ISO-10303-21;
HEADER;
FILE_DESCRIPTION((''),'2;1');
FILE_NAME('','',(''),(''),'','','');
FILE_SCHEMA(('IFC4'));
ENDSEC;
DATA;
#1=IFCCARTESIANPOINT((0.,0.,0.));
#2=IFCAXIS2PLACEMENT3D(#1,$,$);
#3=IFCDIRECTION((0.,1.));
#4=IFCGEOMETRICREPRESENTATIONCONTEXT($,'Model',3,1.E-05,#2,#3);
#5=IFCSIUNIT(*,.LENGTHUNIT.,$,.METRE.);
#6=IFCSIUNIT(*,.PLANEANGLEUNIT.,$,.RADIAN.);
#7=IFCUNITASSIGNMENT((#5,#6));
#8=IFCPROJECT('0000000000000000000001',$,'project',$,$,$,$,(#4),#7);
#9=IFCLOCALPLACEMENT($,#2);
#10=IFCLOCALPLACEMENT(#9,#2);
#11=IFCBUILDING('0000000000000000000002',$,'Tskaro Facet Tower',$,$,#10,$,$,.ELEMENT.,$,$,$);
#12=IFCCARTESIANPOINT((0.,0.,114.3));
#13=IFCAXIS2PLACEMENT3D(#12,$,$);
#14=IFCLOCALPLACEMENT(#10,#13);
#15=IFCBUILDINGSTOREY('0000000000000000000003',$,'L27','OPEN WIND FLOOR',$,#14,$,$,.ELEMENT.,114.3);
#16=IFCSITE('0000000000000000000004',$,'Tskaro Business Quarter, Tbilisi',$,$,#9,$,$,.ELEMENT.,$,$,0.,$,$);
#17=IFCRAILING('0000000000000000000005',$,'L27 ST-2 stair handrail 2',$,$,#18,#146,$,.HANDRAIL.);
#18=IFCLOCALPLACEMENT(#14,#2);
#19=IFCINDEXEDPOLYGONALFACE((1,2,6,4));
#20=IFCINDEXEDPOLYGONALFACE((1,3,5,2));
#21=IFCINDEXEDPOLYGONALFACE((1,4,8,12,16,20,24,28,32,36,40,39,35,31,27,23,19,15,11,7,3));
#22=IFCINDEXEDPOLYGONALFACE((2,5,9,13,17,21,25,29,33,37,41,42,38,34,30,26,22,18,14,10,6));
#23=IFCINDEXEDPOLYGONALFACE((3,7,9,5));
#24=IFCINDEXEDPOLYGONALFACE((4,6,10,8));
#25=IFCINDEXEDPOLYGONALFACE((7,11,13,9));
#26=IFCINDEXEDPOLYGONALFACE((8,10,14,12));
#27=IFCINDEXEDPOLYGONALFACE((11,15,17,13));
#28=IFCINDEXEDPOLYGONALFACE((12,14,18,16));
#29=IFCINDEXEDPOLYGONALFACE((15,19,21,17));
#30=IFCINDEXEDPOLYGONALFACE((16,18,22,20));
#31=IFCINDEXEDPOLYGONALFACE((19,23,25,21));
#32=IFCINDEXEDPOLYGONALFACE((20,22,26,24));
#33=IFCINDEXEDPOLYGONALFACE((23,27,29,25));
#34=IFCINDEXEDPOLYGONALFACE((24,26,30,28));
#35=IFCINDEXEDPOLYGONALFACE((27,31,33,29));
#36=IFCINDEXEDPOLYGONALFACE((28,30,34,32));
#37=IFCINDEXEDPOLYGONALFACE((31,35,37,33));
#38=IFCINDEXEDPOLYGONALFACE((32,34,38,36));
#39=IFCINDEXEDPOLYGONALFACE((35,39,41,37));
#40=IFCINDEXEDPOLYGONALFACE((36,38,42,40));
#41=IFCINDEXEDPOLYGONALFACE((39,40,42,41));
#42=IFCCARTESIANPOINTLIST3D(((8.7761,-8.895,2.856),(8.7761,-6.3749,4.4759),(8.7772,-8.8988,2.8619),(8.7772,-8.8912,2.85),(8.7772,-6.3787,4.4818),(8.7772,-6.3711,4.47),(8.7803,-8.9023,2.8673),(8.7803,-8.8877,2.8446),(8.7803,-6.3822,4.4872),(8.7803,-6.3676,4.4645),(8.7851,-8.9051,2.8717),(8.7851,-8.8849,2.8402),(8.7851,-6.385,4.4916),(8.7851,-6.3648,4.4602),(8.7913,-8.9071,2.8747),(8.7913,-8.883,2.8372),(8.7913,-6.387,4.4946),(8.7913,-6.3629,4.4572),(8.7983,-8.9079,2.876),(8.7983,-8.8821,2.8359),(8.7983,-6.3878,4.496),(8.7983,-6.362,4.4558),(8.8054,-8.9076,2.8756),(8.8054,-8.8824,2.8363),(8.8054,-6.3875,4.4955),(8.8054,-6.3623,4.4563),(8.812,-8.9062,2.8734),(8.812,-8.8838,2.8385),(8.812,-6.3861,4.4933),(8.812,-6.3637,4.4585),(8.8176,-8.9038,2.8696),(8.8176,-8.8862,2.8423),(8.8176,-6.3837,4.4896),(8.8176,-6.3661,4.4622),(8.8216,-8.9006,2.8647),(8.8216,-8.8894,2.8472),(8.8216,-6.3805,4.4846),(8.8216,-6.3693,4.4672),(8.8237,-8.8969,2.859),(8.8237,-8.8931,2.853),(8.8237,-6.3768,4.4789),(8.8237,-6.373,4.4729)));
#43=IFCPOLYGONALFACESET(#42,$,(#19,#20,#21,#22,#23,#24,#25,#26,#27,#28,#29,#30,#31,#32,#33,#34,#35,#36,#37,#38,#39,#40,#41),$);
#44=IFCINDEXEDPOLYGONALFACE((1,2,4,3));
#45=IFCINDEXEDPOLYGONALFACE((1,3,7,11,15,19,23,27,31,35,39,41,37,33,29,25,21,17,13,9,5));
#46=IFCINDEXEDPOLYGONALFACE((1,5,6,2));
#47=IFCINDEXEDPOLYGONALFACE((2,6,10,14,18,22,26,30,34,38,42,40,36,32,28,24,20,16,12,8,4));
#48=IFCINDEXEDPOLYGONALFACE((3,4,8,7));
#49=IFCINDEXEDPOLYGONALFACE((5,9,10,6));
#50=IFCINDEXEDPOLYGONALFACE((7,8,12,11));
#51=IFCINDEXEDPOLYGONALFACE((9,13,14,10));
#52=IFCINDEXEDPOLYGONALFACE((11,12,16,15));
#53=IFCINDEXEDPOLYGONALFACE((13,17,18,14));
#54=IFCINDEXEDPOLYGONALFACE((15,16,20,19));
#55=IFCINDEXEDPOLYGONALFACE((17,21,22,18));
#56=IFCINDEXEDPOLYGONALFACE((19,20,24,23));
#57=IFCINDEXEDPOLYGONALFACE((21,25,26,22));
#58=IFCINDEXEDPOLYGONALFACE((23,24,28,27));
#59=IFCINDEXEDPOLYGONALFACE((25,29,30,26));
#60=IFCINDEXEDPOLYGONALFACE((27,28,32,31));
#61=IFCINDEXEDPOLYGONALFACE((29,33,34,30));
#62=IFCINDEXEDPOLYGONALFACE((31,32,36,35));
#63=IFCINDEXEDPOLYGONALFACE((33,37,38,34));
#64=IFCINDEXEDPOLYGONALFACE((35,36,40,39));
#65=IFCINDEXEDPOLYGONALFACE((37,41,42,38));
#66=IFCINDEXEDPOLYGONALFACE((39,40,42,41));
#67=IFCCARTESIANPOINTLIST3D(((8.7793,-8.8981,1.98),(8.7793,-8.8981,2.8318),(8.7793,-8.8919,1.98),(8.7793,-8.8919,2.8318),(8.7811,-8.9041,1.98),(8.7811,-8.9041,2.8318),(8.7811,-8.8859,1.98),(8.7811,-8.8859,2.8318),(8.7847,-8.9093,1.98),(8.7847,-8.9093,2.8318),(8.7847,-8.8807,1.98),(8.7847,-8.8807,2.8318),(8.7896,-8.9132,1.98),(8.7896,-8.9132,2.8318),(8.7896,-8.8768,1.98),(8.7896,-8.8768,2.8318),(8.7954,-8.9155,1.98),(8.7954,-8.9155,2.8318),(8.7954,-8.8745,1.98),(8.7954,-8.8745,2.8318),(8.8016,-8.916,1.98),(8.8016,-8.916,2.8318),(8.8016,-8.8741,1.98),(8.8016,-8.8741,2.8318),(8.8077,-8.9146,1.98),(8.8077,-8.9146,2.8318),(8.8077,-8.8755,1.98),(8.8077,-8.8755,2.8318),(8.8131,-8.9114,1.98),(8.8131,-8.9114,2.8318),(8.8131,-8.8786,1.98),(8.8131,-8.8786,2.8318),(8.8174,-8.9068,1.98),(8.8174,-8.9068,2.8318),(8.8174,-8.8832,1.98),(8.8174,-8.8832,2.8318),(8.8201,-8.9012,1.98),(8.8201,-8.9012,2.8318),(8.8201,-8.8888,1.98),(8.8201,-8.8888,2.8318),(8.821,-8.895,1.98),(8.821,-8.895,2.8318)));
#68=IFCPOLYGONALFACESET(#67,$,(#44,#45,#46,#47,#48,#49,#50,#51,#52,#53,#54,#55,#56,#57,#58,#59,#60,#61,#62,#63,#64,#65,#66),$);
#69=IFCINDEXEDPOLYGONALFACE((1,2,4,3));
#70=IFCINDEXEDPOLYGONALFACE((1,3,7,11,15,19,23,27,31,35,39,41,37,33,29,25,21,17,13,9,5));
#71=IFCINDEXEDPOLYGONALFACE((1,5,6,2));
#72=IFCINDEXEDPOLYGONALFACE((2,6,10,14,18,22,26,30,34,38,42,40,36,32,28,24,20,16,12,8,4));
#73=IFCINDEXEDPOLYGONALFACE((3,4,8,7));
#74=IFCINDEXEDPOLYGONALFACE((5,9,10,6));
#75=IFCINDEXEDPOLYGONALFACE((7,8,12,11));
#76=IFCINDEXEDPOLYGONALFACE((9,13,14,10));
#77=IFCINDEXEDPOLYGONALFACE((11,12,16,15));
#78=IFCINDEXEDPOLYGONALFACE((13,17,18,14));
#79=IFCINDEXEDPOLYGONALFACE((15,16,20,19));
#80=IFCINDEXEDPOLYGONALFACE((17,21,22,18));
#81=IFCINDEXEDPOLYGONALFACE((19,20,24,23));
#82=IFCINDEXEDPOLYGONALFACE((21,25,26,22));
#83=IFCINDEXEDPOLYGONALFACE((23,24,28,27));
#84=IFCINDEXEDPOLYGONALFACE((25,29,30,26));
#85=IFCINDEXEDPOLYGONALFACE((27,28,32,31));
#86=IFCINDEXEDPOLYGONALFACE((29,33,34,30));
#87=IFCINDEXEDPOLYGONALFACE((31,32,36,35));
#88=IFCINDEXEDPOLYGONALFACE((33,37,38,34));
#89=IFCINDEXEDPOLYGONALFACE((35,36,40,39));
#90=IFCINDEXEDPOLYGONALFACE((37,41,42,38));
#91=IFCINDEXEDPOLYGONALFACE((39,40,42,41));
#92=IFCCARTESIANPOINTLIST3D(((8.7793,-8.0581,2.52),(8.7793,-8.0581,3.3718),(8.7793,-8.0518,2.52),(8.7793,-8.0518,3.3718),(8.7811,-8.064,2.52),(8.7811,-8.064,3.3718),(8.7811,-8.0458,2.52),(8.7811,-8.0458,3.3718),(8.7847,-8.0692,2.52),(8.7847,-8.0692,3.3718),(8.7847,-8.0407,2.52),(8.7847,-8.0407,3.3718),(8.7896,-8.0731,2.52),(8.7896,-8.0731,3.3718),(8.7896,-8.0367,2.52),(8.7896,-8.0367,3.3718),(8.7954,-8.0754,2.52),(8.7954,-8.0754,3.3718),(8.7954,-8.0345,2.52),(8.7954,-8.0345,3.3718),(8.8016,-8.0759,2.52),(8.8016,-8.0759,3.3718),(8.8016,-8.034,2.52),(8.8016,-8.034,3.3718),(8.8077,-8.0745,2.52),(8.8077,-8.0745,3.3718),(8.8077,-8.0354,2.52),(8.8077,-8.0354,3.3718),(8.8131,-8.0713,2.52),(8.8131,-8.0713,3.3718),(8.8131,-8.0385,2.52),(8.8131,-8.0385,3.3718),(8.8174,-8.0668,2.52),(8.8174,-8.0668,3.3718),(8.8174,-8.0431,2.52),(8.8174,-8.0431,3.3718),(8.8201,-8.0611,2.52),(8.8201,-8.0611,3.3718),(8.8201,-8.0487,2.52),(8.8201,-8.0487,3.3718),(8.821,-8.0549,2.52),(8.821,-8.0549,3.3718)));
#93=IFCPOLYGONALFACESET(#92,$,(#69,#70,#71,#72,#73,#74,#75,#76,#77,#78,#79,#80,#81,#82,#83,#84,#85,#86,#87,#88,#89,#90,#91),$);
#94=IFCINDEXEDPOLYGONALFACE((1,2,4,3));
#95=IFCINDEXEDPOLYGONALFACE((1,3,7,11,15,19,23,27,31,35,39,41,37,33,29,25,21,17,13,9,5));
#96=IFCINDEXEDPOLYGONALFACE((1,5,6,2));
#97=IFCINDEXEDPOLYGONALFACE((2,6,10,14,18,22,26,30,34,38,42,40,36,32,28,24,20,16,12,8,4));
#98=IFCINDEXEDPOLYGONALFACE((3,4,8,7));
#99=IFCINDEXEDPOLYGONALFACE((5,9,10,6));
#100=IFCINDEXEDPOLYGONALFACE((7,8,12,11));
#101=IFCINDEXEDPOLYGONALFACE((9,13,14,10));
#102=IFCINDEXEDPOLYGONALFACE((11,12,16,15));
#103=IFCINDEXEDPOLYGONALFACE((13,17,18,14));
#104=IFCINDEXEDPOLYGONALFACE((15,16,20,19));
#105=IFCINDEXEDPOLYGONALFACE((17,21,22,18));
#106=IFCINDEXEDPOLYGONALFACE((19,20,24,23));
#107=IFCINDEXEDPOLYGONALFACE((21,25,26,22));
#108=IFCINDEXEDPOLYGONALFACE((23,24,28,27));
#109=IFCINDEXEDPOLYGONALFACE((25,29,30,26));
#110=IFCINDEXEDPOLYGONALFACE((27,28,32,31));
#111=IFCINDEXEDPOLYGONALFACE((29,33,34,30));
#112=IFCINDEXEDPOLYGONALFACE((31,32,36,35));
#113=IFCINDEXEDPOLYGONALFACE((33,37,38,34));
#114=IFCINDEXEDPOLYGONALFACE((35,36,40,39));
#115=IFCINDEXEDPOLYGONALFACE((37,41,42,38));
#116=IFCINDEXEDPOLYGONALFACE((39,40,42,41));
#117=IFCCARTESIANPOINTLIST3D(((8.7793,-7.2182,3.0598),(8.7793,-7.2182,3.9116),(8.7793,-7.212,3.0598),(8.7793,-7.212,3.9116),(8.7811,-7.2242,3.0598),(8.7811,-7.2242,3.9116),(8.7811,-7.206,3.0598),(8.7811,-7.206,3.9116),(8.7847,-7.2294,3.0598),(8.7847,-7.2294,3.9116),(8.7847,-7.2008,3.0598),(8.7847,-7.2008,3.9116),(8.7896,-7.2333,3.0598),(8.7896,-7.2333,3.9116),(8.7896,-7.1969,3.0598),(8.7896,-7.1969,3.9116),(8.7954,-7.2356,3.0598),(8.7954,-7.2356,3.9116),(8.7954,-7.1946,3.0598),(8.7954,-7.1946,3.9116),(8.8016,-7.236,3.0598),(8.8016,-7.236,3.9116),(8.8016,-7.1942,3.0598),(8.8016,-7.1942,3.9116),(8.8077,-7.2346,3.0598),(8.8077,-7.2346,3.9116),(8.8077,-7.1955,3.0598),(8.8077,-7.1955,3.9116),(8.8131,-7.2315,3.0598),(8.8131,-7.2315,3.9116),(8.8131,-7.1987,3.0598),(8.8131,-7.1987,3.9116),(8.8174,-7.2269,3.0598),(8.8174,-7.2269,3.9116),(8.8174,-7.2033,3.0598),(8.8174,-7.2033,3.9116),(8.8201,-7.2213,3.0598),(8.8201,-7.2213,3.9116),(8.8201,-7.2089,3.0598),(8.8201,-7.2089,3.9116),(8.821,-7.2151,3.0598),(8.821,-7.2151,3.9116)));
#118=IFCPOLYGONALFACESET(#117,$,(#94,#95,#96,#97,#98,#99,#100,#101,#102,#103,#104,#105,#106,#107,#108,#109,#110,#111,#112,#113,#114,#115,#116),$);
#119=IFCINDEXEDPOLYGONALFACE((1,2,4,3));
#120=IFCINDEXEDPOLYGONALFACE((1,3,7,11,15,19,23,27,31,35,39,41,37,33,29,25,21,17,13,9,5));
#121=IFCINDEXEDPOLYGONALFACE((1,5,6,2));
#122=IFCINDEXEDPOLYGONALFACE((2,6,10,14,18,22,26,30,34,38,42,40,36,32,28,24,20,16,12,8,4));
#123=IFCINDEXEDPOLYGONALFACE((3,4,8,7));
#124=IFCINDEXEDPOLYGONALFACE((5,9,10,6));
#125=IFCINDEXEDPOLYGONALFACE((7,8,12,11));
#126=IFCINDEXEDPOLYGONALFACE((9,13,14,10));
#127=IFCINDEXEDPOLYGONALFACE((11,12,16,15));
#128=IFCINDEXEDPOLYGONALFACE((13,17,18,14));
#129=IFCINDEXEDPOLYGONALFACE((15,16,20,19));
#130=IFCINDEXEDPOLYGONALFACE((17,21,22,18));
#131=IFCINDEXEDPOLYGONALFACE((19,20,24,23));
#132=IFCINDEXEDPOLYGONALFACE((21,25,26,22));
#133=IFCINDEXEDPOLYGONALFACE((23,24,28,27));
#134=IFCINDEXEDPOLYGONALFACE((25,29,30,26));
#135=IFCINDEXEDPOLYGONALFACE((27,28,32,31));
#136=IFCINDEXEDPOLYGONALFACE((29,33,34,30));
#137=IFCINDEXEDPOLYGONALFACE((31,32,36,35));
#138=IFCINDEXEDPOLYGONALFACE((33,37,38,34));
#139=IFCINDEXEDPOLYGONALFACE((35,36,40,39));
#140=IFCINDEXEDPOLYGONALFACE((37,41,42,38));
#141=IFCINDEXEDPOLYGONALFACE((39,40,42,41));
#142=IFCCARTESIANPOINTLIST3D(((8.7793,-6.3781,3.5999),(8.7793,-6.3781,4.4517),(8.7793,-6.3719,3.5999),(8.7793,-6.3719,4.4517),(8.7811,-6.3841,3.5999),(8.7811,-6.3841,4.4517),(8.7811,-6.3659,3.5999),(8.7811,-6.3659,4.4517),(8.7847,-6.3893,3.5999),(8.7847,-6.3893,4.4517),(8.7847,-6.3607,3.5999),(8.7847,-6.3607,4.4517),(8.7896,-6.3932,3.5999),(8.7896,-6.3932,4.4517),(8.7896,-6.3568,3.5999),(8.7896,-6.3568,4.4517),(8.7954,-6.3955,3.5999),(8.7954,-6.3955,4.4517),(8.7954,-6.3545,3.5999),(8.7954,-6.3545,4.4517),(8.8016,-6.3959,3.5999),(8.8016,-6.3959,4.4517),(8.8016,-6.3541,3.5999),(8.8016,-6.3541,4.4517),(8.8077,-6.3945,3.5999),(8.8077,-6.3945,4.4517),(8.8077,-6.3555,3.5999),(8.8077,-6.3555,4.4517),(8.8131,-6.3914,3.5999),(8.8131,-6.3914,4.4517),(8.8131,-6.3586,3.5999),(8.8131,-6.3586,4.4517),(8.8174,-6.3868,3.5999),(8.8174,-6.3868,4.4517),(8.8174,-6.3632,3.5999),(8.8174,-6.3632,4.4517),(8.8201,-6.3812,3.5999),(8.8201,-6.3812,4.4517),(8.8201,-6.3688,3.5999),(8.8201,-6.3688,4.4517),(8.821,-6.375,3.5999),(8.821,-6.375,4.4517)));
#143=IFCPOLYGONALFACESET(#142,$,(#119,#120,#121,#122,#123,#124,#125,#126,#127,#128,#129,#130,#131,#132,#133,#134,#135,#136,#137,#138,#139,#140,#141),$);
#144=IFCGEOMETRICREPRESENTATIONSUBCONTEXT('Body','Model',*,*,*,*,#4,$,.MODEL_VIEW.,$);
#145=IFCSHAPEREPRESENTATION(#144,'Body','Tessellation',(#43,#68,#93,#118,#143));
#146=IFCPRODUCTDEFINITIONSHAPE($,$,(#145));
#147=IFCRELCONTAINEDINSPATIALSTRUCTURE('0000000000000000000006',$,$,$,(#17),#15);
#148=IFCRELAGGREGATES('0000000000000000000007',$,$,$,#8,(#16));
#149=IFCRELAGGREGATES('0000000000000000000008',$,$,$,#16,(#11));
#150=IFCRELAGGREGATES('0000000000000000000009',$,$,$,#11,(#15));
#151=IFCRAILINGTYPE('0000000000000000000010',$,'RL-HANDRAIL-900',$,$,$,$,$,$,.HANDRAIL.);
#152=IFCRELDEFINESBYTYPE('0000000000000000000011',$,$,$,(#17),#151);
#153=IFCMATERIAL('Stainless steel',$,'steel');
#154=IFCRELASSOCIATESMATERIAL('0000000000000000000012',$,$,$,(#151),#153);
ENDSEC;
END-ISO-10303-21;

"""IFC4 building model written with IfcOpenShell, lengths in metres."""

from ifc_helpers import new_model, si_unit, direction, frame, origin, origin_2d, place, context, subcontext, project, spatial, circle, extrude, material, type_object, element, save


model = new_model("IFC4")

# Units and contexts
model_context = context("Model", 3, precision=1e-05, world=origin(), true_north=direction((0.0, 1.0)))
body_context = subcontext(model_context, "Body", "Model", "MODEL_VIEW")
ifc_project = project(units=[si_unit("LENGTHUNIT", "METRE"), si_unit("PLANEANGLEUNIT", "RADIAN")], contexts=[model_context])

# Site, building, storey
site_placement = place(None, origin())
site = spatial("IfcSite", under=ifc_project, at=site_placement, Name="Tskaro Business Quarter, Tbilisi", CompositionType="ELEMENT", RefElevation=0.0)
building_placement = place(site_placement, origin())
building = spatial("IfcBuilding", under=site, at=building_placement, Name="Tskaro Facet Tower", CompositionType="ELEMENT")
storey_placement = place(building_placement, frame((0.0, 0.0, 114.3)))
storey = spatial("IfcBuildingStorey", under=building, at=storey_placement, Name="L27", Description="OPEN WIND FLOOR", CompositionType="ELEMENT", Elevation=114.3)

# Railing
ifc_material_1 = material(Name="Stainless steel", Category="steel")
railing_type_1 = type_object("IfcRailingType", Name="RL-HANDRAIL-900", PredefinedType="HANDRAIL", material=ifc_material_1)
railing_1_placement = place(storey_placement, frame((8.8, -8.895, 1.98)))
element("IfcRailing", 1, at=railing_1_placement, inside=storey, type_object=railing_type_1, Name="L27 ST-2 stair handrail 2", PredefinedType="HANDRAIL", context=body_context, shape_type="SweptSolid", body=[
    extrude(circle(Radius=0.0239, at=origin_2d()), frame((0.0, 0.0, 0.876), z_axis=(0.0, 0.8412, 0.540725), x_axis=(-1.0, 0.0, 0.0)), (0.0, 0.0, 1.0), 2.9958),
    extrude(circle(Radius=0.021, at=origin_2d()), origin(), (0.0, 0.0, 1.0), 0.8518),
    extrude(circle(Radius=0.021, at=origin_2d()), frame((0.0, 0.8401, 0.54)), (0.0, 0.0, 1.0), 0.8518),
    extrude(circle(Radius=0.021, at=origin_2d()), frame((0.0, 1.6799, 1.0798)), (0.0, 0.0, 1.0), 0.8518),
    extrude(circle(Radius=0.021, at=origin_2d()), frame((0.0, 2.52, 1.6199)), (0.0, 0.0, 1.0), 0.8518),
])

save(model, "model.ifc")
